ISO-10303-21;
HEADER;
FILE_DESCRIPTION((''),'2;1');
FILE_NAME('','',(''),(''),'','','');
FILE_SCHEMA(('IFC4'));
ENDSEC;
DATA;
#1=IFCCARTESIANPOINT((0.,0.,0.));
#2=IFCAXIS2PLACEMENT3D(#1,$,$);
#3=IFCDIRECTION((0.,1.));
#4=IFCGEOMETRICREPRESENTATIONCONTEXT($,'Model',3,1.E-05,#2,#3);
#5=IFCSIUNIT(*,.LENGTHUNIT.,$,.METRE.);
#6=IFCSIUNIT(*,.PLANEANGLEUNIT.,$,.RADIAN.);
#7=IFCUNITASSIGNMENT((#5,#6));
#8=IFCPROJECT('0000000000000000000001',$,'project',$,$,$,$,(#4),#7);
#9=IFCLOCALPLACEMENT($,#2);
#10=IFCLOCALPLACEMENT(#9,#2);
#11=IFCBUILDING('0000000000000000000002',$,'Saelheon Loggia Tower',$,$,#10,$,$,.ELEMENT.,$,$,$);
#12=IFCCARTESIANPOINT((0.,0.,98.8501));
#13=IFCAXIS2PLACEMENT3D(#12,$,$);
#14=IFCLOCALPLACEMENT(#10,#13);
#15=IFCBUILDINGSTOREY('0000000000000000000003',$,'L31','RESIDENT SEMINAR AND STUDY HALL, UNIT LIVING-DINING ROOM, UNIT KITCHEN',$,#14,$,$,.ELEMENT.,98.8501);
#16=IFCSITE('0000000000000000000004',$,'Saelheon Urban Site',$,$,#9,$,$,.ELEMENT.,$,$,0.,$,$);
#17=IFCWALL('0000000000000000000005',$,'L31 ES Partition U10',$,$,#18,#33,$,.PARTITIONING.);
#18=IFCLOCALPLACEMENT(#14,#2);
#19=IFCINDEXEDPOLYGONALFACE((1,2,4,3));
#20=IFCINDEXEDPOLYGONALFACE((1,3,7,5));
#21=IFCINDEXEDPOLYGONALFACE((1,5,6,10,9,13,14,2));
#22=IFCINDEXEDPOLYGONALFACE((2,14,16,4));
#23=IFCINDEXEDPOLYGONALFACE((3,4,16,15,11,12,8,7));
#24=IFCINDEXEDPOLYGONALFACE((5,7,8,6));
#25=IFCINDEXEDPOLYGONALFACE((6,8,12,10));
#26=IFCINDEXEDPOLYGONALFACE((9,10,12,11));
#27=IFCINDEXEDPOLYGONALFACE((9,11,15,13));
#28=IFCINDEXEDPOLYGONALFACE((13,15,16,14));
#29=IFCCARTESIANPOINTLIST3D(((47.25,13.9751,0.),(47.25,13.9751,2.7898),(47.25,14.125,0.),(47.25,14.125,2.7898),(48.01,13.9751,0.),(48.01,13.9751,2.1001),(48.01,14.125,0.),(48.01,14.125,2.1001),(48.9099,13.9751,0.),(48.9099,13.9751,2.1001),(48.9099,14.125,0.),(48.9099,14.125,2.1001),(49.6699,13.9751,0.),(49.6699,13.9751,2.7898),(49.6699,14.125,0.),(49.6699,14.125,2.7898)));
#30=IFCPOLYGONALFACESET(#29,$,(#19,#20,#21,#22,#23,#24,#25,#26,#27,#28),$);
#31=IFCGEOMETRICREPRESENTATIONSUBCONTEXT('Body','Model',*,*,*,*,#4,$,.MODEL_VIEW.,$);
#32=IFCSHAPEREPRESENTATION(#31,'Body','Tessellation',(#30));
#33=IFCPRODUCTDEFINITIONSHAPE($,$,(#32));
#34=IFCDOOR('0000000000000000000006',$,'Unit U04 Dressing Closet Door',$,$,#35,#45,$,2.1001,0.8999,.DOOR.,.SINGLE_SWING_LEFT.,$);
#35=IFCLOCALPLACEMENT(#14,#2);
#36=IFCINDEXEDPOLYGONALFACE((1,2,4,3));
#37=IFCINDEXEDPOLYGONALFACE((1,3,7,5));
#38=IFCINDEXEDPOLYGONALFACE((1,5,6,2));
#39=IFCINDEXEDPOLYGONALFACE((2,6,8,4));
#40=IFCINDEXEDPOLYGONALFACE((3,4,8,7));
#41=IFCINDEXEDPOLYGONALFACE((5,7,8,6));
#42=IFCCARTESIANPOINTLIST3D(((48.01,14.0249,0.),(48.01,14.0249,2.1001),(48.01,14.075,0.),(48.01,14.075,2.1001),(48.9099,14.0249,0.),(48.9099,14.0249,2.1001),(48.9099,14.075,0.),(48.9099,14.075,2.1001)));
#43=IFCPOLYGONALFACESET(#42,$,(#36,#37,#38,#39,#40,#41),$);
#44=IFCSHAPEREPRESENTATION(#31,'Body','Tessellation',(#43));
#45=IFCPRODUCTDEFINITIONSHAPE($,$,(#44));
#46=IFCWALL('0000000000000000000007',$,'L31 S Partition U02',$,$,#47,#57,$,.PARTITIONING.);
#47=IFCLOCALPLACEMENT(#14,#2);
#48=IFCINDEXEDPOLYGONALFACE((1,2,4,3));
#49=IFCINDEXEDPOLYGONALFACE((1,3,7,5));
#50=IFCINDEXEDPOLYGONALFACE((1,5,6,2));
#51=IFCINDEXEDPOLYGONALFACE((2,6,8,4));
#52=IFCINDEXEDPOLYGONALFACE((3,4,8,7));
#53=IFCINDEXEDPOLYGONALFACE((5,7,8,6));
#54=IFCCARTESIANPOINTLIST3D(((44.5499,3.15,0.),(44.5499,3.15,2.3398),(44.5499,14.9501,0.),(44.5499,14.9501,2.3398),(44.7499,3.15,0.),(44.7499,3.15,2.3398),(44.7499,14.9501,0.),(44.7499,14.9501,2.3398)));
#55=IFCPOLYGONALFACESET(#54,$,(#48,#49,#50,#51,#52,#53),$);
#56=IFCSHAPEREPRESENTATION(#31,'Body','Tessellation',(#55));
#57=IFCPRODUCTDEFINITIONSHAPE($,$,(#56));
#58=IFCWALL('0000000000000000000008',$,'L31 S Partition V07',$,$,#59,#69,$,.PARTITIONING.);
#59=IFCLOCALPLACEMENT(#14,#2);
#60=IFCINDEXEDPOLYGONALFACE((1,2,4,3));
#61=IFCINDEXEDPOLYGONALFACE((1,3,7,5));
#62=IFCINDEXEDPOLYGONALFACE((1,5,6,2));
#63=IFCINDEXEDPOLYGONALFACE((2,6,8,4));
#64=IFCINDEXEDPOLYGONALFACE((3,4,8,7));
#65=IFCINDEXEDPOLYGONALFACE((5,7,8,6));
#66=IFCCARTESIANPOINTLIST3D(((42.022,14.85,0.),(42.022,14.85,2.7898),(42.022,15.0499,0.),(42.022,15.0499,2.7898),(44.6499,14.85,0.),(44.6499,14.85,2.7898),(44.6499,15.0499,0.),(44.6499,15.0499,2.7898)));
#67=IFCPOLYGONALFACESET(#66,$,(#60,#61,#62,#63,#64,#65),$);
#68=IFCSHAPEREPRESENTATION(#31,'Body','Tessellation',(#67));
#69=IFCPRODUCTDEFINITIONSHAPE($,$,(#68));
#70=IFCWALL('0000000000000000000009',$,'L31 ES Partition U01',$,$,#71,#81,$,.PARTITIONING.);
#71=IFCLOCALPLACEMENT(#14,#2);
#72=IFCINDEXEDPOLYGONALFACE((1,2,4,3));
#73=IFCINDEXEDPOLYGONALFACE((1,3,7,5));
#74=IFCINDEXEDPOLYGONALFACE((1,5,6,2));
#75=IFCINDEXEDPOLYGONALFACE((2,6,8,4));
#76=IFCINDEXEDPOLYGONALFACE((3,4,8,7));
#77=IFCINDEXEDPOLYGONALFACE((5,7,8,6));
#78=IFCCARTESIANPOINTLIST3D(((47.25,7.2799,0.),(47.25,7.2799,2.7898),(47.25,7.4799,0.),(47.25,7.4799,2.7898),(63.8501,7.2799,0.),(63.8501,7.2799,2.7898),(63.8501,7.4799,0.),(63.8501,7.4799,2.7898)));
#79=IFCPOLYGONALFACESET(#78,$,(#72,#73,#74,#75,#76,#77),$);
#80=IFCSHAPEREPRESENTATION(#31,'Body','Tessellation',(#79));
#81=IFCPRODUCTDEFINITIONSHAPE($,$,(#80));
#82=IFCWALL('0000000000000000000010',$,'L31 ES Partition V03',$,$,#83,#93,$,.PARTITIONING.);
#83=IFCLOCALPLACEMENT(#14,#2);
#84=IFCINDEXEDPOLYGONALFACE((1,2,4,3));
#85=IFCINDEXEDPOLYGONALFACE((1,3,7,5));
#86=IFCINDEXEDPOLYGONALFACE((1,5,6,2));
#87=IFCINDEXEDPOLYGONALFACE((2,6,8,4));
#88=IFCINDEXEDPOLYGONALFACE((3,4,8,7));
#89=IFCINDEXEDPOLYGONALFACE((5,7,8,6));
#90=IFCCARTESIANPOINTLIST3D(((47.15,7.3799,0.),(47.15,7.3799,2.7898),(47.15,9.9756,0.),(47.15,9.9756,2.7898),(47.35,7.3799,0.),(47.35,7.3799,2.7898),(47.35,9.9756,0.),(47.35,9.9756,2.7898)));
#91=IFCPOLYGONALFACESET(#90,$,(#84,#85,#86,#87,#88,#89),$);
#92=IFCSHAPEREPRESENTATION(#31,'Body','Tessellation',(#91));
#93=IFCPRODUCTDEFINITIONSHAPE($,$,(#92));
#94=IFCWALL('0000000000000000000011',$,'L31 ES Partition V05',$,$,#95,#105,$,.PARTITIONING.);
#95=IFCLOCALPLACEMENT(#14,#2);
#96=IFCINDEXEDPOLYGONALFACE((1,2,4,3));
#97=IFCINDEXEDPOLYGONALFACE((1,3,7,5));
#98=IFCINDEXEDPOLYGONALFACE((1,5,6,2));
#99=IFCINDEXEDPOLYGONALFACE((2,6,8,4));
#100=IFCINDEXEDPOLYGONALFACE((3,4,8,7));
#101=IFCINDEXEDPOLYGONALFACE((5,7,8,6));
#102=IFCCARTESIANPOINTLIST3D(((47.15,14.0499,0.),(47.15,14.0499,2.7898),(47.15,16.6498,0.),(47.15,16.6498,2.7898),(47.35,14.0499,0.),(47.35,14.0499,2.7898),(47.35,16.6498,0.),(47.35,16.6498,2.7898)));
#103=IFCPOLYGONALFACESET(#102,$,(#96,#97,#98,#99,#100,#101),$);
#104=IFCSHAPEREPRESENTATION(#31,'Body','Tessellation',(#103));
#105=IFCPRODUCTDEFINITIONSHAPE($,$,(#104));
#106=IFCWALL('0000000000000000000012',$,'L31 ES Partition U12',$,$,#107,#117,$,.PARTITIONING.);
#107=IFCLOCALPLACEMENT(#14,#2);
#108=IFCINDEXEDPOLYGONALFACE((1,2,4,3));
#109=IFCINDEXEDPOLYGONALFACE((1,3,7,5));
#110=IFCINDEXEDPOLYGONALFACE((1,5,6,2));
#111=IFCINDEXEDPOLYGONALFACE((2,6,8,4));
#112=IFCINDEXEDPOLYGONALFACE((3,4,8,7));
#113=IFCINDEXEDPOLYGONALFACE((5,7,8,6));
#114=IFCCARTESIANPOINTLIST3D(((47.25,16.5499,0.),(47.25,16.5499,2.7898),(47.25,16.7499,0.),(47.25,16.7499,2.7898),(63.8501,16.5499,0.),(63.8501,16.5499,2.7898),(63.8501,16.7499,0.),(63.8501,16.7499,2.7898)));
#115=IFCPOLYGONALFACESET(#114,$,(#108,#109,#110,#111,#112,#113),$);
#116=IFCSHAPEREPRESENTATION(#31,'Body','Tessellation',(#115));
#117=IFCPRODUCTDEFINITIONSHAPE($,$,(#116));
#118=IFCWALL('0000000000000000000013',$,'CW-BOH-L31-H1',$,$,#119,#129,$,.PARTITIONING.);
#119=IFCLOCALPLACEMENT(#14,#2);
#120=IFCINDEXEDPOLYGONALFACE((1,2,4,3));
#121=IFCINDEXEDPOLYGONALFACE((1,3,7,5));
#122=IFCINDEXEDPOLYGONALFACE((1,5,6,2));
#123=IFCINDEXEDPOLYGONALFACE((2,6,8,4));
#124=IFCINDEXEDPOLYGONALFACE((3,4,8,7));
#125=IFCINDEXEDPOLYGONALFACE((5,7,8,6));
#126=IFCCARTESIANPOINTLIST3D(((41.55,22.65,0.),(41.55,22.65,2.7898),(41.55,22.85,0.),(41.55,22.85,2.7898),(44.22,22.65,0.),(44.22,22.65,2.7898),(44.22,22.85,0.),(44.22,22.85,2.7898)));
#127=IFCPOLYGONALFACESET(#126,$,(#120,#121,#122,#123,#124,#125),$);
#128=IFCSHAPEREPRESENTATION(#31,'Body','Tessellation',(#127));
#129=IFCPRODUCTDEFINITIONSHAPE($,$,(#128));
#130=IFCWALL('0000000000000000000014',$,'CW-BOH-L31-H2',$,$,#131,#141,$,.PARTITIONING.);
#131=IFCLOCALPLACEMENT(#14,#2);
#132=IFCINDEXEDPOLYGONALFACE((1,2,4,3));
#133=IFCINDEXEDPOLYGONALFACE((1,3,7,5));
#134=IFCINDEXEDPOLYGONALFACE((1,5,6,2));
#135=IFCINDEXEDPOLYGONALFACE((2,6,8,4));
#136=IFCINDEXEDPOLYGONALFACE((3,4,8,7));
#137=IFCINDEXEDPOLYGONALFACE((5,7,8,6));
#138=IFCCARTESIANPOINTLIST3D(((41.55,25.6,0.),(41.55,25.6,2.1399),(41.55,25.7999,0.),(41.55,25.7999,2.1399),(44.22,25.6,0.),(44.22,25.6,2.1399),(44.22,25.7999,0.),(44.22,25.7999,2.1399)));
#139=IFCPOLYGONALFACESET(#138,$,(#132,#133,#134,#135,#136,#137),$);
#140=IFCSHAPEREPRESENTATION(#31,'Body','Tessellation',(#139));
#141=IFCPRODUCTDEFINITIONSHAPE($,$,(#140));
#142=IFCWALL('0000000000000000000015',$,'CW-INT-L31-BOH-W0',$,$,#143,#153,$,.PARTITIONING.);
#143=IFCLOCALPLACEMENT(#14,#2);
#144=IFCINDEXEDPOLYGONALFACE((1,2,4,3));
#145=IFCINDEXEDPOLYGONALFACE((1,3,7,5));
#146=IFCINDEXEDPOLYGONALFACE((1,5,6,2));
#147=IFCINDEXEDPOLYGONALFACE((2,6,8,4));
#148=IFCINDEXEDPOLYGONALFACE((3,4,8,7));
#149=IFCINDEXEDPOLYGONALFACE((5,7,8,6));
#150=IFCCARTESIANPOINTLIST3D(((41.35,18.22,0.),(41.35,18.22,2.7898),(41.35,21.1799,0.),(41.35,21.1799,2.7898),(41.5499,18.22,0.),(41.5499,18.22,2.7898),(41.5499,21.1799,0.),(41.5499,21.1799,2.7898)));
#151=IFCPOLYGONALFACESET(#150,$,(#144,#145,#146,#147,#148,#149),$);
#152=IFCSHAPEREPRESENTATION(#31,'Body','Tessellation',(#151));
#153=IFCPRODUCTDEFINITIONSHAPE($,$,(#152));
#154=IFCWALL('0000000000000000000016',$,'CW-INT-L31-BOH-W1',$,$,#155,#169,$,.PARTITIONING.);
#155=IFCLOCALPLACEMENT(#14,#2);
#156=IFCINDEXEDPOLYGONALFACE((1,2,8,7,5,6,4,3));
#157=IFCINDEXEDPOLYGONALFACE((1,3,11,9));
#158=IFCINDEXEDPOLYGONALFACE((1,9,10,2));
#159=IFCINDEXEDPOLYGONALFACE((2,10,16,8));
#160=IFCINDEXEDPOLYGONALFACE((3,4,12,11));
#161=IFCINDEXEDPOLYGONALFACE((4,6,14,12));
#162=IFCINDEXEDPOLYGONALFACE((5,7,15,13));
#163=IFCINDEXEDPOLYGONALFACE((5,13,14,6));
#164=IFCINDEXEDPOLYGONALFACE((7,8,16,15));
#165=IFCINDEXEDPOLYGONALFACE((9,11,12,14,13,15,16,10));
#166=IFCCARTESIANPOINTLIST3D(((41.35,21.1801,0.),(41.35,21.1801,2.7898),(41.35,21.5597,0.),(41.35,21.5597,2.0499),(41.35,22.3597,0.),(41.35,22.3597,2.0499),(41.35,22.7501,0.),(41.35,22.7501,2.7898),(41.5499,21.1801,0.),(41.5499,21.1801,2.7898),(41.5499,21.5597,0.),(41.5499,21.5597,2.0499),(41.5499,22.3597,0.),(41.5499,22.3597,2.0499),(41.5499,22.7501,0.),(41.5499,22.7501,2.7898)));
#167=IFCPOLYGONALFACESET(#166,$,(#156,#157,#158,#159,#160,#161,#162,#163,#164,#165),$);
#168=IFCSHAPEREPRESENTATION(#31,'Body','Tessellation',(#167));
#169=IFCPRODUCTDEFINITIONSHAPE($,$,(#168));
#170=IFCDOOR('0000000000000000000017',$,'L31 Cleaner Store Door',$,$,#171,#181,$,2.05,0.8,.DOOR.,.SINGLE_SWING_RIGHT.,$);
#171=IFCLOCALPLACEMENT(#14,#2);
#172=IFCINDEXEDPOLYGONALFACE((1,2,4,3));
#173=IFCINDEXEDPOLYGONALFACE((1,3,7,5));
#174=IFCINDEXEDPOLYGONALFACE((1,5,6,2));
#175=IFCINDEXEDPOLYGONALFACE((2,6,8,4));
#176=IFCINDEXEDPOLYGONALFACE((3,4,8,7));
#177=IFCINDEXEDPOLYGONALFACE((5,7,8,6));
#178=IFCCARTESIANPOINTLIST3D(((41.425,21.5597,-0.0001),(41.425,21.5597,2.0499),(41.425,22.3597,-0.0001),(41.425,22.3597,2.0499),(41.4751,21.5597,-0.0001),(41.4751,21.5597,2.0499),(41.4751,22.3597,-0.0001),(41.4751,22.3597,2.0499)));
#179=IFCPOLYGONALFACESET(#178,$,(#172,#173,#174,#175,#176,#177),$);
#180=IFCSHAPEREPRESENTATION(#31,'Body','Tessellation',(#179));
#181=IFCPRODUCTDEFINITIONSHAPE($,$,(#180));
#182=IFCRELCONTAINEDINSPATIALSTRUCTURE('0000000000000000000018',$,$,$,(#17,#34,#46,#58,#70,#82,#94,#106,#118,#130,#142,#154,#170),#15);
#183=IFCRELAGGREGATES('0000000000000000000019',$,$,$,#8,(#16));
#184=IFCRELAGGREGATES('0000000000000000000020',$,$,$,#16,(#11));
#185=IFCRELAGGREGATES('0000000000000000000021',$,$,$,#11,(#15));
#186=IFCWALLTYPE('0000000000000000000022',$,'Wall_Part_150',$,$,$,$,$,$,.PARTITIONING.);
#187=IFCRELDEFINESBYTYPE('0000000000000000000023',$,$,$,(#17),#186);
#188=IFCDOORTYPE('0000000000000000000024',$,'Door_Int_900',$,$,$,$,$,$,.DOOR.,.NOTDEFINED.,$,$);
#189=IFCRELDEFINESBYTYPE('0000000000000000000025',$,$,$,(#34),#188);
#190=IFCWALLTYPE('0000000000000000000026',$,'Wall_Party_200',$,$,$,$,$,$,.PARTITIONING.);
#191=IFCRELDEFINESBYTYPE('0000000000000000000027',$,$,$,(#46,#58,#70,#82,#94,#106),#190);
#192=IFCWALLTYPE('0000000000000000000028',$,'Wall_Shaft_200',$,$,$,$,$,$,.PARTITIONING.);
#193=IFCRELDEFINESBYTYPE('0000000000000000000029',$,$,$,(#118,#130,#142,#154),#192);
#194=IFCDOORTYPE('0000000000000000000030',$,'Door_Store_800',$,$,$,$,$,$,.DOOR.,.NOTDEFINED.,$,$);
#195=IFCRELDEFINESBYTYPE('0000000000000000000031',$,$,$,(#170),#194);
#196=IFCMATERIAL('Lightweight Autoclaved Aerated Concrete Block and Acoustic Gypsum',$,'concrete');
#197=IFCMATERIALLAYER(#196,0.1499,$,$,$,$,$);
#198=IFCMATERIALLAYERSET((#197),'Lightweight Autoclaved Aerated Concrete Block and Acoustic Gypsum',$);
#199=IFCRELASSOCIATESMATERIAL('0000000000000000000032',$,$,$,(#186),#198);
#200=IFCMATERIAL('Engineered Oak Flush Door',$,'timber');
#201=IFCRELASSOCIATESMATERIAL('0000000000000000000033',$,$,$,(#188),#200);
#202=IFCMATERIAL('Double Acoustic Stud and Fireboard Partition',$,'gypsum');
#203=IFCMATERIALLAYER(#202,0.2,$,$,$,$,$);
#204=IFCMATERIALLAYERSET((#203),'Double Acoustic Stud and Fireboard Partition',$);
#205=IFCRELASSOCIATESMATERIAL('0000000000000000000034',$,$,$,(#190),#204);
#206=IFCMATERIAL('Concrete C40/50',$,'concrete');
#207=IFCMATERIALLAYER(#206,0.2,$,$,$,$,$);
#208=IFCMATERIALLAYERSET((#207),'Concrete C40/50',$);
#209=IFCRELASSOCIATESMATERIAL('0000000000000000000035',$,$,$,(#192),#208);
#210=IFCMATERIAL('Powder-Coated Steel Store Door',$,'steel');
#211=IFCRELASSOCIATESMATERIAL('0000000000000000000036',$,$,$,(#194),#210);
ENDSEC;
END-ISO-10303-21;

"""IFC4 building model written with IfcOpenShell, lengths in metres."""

from ifc_helpers import new_model, si_unit, direction, frame, frame_2d, origin, place, context, subcontext, project, spatial, rectangle, extrude, source, transform, mapped, material, layer, layer_set, type_object, element, fill, save


model = new_model("IFC4")

# Units and contexts
model_context = context("Model", 3, precision=1e-05, world=origin(), true_north=direction((0.0, 1.0)))
body_context = subcontext(model_context, "Body", "Model", "MODEL_VIEW")
ifc_project = project(units=[si_unit("LENGTHUNIT", "METRE"), si_unit("PLANEANGLEUNIT", "RADIAN")], contexts=[model_context])

# Site, building, storey
site_placement = place(None, origin())
site = spatial("IfcSite", under=ifc_project, at=site_placement, Name="Saelheon Urban Site", CompositionType="ELEMENT", RefElevation=0.0)
building_placement = place(site_placement, origin())
building = spatial("IfcBuilding", under=site, at=building_placement, Name="Saelheon Loggia Tower", CompositionType="ELEMENT")
storey_placement = place(building_placement, frame((0.0, 0.0, 98.8501)))
storey = spatial("IfcBuildingStorey", under=building, at=storey_placement, Name="L31", Description="RESIDENT SEMINAR AND STUDY HALL, UNIT LIVING-DINING ROOM, UNIT KITCHEN", CompositionType="ELEMENT", Elevation=98.8501)

# Shared definitions
ifc_material_1 = material(Name="Concrete C40/50", Category="concrete")

# Shared definitions
ifc_material_2 = material(Name="Lightweight Autoclaved Aerated Concrete Block and Acoustic Gypsum", Category="concrete")
ifc_layer_1 = layer(ifc_material_2, 0.1499)
ifc_layer_set_1 = layer_set([ifc_layer_1], Name="Lightweight Autoclaved Aerated Concrete Block and Acoustic Gypsum")
wall_type_1 = type_object("IfcWallType", Name="Wall_Part_150", PredefinedType="PARTITIONING", material=ifc_layer_set_1)

# Wall, opening, door
ifc_material_3 = material(Name="Engineered Oak Flush Door", Category="timber")
door_type_1 = type_object("IfcDoorType", Name="Door_Int_900", OperationType="NOTDEFINED", PredefinedType="DOOR", material=ifc_material_3)
shared_shape_1 = source(origin(), body_context, "Body", "SweptSolid", [
    extrude(rectangle(XDim=0.8999, YDim=2.1001, at=frame_2d((0.45, 1.05))), frame((0.0, 0.0249, 0.0), z_axis=(0.0, -1.0, 0.0), x_axis=(1.0, 0.0, 0.0)), (0.0, 0.0, 1.0), 0.05),
])
wall_1_placement = place(storey_placement, frame((47.25, 14.05, 0.0), z_axis=(0.0, 0.0, 1.0), x_axis=(1.0, 0.0, 0.0)))
wall_1 = element("IfcWall", 1, at=wall_1_placement, inside=storey, type_object=wall_type_1, Name="L31 ES Partition U10", PredefinedType="PARTITIONING", context=body_context, shape_type="SweptSolid", body=[
    extrude(rectangle(XDim=2.4199, YDim=0.1499, at=frame_2d((1.21, 0.0))), origin(), (0.0, 0.0, 1.0), 2.7898),
])
opening_1_placement = place(wall_1_placement, frame((0.76, 0.0, 0.0)))
opening_1 = element("IfcOpeningElement", 2, at=opening_1_placement, cuts=wall_1, PredefinedType="OPENING", context=body_context, shape_type="SweptSolid", body=[
    extrude(rectangle(XDim=0.8999, YDim=2.1001, at=frame_2d((0.45, 1.05))), frame((0.0, 0.0869, 0.0), z_axis=(0.0, -1.0, 0.0), x_axis=(1.0, 0.0, 0.0)), (0.0, 0.0, 1.0), 0.1738),
])
door_1_placement = place(opening_1_placement, origin())
door_1 = element("IfcDoor", 3, at=door_1_placement, inside=storey, type_object=door_type_1, Name="Unit U04 Dressing Closet Door", OperationType="SINGLE_SWING_LEFT", OverallHeight=2.1001, OverallWidth=0.8999, PredefinedType="DOOR", context=body_context, shape_type="MappedRepresentation", body=[
    mapped(shared_shape_1, transform((0.0, 0.0, 0.0), scale=1.0)),
])
fill(opening_1, door_1)

# Walls
ifc_material_4 = material(Name="Double Acoustic Stud and Fireboard Partition", Category="gypsum")
ifc_layer_2 = layer(ifc_material_4, 0.2)
ifc_layer_set_2 = layer_set([ifc_layer_2], Name="Double Acoustic Stud and Fireboard Partition")
wall_type_2 = type_object("IfcWallType", Name="Wall_Party_200", PredefinedType="PARTITIONING", material=ifc_layer_set_2)
wall_2_placement = place(storey_placement, frame((44.6499, 14.95, 0.0), z_axis=(0.0, 0.0, 1.0), x_axis=(0.0, -1.0, 0.0)))
element("IfcWall", 4, at=wall_2_placement, inside=storey, type_object=wall_type_2, Name="L31 S Partition U02", PredefinedType="PARTITIONING", context=body_context, shape_type="SweptSolid", body=[
    extrude(rectangle(XDim=11.8, YDim=0.2, at=frame_2d((5.8999, 0.0))), origin(), (0.0, 0.0, 1.0), 2.3398),
])
wall_3_placement = place(storey_placement, frame((42.022, 14.95, 0.0), z_axis=(0.0, 0.0, 1.0), x_axis=(1.0, 0.0, 0.0)))
element("IfcWall", 5, at=wall_3_placement, inside=storey, type_object=wall_type_2, Name="L31 S Partition V07", PredefinedType="PARTITIONING", context=body_context, shape_type="SweptSolid", body=[
    extrude(rectangle(XDim=2.6279, YDim=0.2, at=frame_2d((1.314, 0.0))), origin(), (0.0, 0.0, 1.0), 2.7898),
])
wall_4_placement = place(storey_placement, frame((47.25, 7.3799, 0.0), z_axis=(0.0, 0.0, 1.0), x_axis=(1.0, 0.0, 0.0)))
element("IfcWall", 6, at=wall_4_placement, inside=storey, type_object=wall_type_2, Name="L31 ES Partition U01", PredefinedType="PARTITIONING", context=body_context, shape_type="SweptSolid", body=[
    extrude(rectangle(XDim=16.6001, YDim=0.2, at=frame_2d((8.3, 0.0))), origin(), (0.0, 0.0, 1.0), 2.7898),
])
wall_5_placement = place(storey_placement, frame((47.25, 7.3799, 0.0), z_axis=(0.0, 0.0, 1.0), x_axis=(0.0, 1.0, 0.0)))
element("IfcWall", 7, at=wall_5_placement, inside=storey, type_object=wall_type_2, Name="L31 ES Partition V03", PredefinedType="PARTITIONING", context=body_context, shape_type="SweptSolid", body=[
    extrude(rectangle(XDim=2.5957, YDim=0.2, at=frame_2d((1.2979, 0.0))), origin(), (0.0, 0.0, 1.0), 2.7898),
])

# Walls
wall_6_placement = place(storey_placement, frame((47.25, 14.05, 0.0), z_axis=(0.0, 0.0, 1.0), x_axis=(0.0, 1.0, 0.0)))
element("IfcWall", 8, at=wall_6_placement, inside=storey, type_object=wall_type_2, Name="L31 ES Partition V05", PredefinedType="PARTITIONING", context=body_context, shape_type="SweptSolid", body=[
    extrude(rectangle(XDim=2.5999, YDim=0.2, at=frame_2d((1.2998, 0.0))), origin(), (0.0, 0.0, 1.0), 2.7898),
])
wall_7_placement = place(storey_placement, frame((47.25, 16.6499, 0.0), z_axis=(0.0, 0.0, 1.0), x_axis=(1.0, 0.0, 0.0)))
element("IfcWall", 9, at=wall_7_placement, inside=storey, type_object=wall_type_2, Name="L31 ES Partition U12", PredefinedType="PARTITIONING", context=body_context, shape_type="SweptSolid", body=[
    extrude(rectangle(XDim=16.6001, YDim=0.2, at=frame_2d((8.3, 0.0))), origin(), (0.0, 0.0, 1.0), 2.7898),
])
ifc_layer_3 = layer(ifc_material_1, 0.2)
ifc_layer_set_3 = layer_set([ifc_layer_3], Name="Concrete C40/50")
wall_type_3 = type_object("IfcWallType", Name="Wall_Shaft_200", PredefinedType="PARTITIONING", material=ifc_layer_set_3)
wall_8_placement = place(storey_placement, frame((41.55, 22.75, 0.0), z_axis=(0.0, 0.0, 1.0), x_axis=(1.0, 0.0, 0.0)))
element("IfcWall", 10, at=wall_8_placement, inside=storey, type_object=wall_type_3, Name="CW-BOH-L31-H1", PredefinedType="PARTITIONING", context=body_context, shape_type="SweptSolid", body=[
    extrude(rectangle(XDim=2.6699, YDim=0.2, at=frame_2d((1.335, 0.0))), origin(), (0.0, 0.0, 1.0), 2.7898),
])
wall_9_placement = place(storey_placement, frame((41.55, 25.7, 0.0), z_axis=(0.0, 0.0, 1.0), x_axis=(1.0, 0.0, 0.0)))
element("IfcWall", 11, at=wall_9_placement, inside=storey, type_object=wall_type_3, Name="CW-BOH-L31-H2", PredefinedType="PARTITIONING", context=body_context, shape_type="SweptSolid", body=[
    extrude(rectangle(XDim=2.6699, YDim=0.2, at=frame_2d((1.335, 0.0))), origin(), (0.0, 0.0, 1.0), 2.1399),
])
wall_10_placement = place(storey_placement, frame((41.45, 18.22, 0.0), z_axis=(0.0, 0.0, 1.0), x_axis=(0.0, 1.0, 0.0)))
element("IfcWall", 12, at=wall_10_placement, inside=storey, type_object=wall_type_3, Name="CW-INT-L31-BOH-W0", PredefinedType="PARTITIONING", context=body_context, shape_type="SweptSolid", body=[
    extrude(rectangle(XDim=2.96, YDim=0.2, at=frame_2d((1.48, 0.0))), origin(), (0.0, 0.0, 1.0), 2.7898),
])

# Wall, opening, door
wall_11_placement = place(storey_placement, frame((41.45, 21.1799, 0.0), z_axis=(0.0, 0.0, 1.0), x_axis=(0.0, 1.0, 0.0)))
wall_11 = element("IfcWall", 13, at=wall_11_placement, inside=storey, type_object=wall_type_3, Name="CW-INT-L31-BOH-W1", PredefinedType="PARTITIONING", context=body_context, shape_type="SweptSolid", body=[
    extrude(rectangle(XDim=1.5701, YDim=0.2, at=frame_2d((0.7852, 0.0))), origin(), (0.0, 0.0, 1.0), 2.7898),
])
opening_2_placement = place(wall_11_placement, frame((0.3799, 0.0, 0.0)))
opening_2 = element("IfcOpeningElement", 14, at=opening_2_placement, cuts=wall_11, PredefinedType="OPENING", context=body_context, shape_type="SweptSolid", body=[
    extrude(rectangle(XDim=0.8, YDim=2.05, at=frame_2d((0.3999, 1.0249))), frame((0.0, 0.1121, 0.0), z_axis=(0.0, -1.0, 0.0), x_axis=(1.0, 0.0, 0.0)), (0.0, 0.0, 1.0), 0.2239),
])
ifc_material_5 = material(Name="Powder-Coated Steel Store Door", Category="steel")
door_type_2 = type_object("IfcDoorType", Name="Door_Store_800", OperationType="NOTDEFINED", PredefinedType="DOOR", material=ifc_material_5)
shared_shape_2 = source(origin(), body_context, "Body", "SweptSolid", [
    extrude(rectangle(XDim=0.8, YDim=2.05, at=frame_2d((0.3999, 1.0249))), frame((0.0, 0.0249, 0.0), z_axis=(0.0, -1.0, 0.0), x_axis=(1.0, 0.0, 0.0)), (0.0, 0.0, 1.0), 0.05),
])
door_2_placement = place(opening_2_placement, origin())
door_2 = element("IfcDoor", 15, at=door_2_placement, inside=storey, type_object=door_type_2, Name="L31 Cleaner Store Door", OperationType="SINGLE_SWING_RIGHT", OverallHeight=2.05, OverallWidth=0.8, PredefinedType="DOOR", context=body_context, shape_type="MappedRepresentation", body=[
    mapped(shared_shape_2, transform((0.0, 0.0, 0.0), scale=1.0)),
])
fill(opening_2, door_2)

save(model, "model.ifc")
